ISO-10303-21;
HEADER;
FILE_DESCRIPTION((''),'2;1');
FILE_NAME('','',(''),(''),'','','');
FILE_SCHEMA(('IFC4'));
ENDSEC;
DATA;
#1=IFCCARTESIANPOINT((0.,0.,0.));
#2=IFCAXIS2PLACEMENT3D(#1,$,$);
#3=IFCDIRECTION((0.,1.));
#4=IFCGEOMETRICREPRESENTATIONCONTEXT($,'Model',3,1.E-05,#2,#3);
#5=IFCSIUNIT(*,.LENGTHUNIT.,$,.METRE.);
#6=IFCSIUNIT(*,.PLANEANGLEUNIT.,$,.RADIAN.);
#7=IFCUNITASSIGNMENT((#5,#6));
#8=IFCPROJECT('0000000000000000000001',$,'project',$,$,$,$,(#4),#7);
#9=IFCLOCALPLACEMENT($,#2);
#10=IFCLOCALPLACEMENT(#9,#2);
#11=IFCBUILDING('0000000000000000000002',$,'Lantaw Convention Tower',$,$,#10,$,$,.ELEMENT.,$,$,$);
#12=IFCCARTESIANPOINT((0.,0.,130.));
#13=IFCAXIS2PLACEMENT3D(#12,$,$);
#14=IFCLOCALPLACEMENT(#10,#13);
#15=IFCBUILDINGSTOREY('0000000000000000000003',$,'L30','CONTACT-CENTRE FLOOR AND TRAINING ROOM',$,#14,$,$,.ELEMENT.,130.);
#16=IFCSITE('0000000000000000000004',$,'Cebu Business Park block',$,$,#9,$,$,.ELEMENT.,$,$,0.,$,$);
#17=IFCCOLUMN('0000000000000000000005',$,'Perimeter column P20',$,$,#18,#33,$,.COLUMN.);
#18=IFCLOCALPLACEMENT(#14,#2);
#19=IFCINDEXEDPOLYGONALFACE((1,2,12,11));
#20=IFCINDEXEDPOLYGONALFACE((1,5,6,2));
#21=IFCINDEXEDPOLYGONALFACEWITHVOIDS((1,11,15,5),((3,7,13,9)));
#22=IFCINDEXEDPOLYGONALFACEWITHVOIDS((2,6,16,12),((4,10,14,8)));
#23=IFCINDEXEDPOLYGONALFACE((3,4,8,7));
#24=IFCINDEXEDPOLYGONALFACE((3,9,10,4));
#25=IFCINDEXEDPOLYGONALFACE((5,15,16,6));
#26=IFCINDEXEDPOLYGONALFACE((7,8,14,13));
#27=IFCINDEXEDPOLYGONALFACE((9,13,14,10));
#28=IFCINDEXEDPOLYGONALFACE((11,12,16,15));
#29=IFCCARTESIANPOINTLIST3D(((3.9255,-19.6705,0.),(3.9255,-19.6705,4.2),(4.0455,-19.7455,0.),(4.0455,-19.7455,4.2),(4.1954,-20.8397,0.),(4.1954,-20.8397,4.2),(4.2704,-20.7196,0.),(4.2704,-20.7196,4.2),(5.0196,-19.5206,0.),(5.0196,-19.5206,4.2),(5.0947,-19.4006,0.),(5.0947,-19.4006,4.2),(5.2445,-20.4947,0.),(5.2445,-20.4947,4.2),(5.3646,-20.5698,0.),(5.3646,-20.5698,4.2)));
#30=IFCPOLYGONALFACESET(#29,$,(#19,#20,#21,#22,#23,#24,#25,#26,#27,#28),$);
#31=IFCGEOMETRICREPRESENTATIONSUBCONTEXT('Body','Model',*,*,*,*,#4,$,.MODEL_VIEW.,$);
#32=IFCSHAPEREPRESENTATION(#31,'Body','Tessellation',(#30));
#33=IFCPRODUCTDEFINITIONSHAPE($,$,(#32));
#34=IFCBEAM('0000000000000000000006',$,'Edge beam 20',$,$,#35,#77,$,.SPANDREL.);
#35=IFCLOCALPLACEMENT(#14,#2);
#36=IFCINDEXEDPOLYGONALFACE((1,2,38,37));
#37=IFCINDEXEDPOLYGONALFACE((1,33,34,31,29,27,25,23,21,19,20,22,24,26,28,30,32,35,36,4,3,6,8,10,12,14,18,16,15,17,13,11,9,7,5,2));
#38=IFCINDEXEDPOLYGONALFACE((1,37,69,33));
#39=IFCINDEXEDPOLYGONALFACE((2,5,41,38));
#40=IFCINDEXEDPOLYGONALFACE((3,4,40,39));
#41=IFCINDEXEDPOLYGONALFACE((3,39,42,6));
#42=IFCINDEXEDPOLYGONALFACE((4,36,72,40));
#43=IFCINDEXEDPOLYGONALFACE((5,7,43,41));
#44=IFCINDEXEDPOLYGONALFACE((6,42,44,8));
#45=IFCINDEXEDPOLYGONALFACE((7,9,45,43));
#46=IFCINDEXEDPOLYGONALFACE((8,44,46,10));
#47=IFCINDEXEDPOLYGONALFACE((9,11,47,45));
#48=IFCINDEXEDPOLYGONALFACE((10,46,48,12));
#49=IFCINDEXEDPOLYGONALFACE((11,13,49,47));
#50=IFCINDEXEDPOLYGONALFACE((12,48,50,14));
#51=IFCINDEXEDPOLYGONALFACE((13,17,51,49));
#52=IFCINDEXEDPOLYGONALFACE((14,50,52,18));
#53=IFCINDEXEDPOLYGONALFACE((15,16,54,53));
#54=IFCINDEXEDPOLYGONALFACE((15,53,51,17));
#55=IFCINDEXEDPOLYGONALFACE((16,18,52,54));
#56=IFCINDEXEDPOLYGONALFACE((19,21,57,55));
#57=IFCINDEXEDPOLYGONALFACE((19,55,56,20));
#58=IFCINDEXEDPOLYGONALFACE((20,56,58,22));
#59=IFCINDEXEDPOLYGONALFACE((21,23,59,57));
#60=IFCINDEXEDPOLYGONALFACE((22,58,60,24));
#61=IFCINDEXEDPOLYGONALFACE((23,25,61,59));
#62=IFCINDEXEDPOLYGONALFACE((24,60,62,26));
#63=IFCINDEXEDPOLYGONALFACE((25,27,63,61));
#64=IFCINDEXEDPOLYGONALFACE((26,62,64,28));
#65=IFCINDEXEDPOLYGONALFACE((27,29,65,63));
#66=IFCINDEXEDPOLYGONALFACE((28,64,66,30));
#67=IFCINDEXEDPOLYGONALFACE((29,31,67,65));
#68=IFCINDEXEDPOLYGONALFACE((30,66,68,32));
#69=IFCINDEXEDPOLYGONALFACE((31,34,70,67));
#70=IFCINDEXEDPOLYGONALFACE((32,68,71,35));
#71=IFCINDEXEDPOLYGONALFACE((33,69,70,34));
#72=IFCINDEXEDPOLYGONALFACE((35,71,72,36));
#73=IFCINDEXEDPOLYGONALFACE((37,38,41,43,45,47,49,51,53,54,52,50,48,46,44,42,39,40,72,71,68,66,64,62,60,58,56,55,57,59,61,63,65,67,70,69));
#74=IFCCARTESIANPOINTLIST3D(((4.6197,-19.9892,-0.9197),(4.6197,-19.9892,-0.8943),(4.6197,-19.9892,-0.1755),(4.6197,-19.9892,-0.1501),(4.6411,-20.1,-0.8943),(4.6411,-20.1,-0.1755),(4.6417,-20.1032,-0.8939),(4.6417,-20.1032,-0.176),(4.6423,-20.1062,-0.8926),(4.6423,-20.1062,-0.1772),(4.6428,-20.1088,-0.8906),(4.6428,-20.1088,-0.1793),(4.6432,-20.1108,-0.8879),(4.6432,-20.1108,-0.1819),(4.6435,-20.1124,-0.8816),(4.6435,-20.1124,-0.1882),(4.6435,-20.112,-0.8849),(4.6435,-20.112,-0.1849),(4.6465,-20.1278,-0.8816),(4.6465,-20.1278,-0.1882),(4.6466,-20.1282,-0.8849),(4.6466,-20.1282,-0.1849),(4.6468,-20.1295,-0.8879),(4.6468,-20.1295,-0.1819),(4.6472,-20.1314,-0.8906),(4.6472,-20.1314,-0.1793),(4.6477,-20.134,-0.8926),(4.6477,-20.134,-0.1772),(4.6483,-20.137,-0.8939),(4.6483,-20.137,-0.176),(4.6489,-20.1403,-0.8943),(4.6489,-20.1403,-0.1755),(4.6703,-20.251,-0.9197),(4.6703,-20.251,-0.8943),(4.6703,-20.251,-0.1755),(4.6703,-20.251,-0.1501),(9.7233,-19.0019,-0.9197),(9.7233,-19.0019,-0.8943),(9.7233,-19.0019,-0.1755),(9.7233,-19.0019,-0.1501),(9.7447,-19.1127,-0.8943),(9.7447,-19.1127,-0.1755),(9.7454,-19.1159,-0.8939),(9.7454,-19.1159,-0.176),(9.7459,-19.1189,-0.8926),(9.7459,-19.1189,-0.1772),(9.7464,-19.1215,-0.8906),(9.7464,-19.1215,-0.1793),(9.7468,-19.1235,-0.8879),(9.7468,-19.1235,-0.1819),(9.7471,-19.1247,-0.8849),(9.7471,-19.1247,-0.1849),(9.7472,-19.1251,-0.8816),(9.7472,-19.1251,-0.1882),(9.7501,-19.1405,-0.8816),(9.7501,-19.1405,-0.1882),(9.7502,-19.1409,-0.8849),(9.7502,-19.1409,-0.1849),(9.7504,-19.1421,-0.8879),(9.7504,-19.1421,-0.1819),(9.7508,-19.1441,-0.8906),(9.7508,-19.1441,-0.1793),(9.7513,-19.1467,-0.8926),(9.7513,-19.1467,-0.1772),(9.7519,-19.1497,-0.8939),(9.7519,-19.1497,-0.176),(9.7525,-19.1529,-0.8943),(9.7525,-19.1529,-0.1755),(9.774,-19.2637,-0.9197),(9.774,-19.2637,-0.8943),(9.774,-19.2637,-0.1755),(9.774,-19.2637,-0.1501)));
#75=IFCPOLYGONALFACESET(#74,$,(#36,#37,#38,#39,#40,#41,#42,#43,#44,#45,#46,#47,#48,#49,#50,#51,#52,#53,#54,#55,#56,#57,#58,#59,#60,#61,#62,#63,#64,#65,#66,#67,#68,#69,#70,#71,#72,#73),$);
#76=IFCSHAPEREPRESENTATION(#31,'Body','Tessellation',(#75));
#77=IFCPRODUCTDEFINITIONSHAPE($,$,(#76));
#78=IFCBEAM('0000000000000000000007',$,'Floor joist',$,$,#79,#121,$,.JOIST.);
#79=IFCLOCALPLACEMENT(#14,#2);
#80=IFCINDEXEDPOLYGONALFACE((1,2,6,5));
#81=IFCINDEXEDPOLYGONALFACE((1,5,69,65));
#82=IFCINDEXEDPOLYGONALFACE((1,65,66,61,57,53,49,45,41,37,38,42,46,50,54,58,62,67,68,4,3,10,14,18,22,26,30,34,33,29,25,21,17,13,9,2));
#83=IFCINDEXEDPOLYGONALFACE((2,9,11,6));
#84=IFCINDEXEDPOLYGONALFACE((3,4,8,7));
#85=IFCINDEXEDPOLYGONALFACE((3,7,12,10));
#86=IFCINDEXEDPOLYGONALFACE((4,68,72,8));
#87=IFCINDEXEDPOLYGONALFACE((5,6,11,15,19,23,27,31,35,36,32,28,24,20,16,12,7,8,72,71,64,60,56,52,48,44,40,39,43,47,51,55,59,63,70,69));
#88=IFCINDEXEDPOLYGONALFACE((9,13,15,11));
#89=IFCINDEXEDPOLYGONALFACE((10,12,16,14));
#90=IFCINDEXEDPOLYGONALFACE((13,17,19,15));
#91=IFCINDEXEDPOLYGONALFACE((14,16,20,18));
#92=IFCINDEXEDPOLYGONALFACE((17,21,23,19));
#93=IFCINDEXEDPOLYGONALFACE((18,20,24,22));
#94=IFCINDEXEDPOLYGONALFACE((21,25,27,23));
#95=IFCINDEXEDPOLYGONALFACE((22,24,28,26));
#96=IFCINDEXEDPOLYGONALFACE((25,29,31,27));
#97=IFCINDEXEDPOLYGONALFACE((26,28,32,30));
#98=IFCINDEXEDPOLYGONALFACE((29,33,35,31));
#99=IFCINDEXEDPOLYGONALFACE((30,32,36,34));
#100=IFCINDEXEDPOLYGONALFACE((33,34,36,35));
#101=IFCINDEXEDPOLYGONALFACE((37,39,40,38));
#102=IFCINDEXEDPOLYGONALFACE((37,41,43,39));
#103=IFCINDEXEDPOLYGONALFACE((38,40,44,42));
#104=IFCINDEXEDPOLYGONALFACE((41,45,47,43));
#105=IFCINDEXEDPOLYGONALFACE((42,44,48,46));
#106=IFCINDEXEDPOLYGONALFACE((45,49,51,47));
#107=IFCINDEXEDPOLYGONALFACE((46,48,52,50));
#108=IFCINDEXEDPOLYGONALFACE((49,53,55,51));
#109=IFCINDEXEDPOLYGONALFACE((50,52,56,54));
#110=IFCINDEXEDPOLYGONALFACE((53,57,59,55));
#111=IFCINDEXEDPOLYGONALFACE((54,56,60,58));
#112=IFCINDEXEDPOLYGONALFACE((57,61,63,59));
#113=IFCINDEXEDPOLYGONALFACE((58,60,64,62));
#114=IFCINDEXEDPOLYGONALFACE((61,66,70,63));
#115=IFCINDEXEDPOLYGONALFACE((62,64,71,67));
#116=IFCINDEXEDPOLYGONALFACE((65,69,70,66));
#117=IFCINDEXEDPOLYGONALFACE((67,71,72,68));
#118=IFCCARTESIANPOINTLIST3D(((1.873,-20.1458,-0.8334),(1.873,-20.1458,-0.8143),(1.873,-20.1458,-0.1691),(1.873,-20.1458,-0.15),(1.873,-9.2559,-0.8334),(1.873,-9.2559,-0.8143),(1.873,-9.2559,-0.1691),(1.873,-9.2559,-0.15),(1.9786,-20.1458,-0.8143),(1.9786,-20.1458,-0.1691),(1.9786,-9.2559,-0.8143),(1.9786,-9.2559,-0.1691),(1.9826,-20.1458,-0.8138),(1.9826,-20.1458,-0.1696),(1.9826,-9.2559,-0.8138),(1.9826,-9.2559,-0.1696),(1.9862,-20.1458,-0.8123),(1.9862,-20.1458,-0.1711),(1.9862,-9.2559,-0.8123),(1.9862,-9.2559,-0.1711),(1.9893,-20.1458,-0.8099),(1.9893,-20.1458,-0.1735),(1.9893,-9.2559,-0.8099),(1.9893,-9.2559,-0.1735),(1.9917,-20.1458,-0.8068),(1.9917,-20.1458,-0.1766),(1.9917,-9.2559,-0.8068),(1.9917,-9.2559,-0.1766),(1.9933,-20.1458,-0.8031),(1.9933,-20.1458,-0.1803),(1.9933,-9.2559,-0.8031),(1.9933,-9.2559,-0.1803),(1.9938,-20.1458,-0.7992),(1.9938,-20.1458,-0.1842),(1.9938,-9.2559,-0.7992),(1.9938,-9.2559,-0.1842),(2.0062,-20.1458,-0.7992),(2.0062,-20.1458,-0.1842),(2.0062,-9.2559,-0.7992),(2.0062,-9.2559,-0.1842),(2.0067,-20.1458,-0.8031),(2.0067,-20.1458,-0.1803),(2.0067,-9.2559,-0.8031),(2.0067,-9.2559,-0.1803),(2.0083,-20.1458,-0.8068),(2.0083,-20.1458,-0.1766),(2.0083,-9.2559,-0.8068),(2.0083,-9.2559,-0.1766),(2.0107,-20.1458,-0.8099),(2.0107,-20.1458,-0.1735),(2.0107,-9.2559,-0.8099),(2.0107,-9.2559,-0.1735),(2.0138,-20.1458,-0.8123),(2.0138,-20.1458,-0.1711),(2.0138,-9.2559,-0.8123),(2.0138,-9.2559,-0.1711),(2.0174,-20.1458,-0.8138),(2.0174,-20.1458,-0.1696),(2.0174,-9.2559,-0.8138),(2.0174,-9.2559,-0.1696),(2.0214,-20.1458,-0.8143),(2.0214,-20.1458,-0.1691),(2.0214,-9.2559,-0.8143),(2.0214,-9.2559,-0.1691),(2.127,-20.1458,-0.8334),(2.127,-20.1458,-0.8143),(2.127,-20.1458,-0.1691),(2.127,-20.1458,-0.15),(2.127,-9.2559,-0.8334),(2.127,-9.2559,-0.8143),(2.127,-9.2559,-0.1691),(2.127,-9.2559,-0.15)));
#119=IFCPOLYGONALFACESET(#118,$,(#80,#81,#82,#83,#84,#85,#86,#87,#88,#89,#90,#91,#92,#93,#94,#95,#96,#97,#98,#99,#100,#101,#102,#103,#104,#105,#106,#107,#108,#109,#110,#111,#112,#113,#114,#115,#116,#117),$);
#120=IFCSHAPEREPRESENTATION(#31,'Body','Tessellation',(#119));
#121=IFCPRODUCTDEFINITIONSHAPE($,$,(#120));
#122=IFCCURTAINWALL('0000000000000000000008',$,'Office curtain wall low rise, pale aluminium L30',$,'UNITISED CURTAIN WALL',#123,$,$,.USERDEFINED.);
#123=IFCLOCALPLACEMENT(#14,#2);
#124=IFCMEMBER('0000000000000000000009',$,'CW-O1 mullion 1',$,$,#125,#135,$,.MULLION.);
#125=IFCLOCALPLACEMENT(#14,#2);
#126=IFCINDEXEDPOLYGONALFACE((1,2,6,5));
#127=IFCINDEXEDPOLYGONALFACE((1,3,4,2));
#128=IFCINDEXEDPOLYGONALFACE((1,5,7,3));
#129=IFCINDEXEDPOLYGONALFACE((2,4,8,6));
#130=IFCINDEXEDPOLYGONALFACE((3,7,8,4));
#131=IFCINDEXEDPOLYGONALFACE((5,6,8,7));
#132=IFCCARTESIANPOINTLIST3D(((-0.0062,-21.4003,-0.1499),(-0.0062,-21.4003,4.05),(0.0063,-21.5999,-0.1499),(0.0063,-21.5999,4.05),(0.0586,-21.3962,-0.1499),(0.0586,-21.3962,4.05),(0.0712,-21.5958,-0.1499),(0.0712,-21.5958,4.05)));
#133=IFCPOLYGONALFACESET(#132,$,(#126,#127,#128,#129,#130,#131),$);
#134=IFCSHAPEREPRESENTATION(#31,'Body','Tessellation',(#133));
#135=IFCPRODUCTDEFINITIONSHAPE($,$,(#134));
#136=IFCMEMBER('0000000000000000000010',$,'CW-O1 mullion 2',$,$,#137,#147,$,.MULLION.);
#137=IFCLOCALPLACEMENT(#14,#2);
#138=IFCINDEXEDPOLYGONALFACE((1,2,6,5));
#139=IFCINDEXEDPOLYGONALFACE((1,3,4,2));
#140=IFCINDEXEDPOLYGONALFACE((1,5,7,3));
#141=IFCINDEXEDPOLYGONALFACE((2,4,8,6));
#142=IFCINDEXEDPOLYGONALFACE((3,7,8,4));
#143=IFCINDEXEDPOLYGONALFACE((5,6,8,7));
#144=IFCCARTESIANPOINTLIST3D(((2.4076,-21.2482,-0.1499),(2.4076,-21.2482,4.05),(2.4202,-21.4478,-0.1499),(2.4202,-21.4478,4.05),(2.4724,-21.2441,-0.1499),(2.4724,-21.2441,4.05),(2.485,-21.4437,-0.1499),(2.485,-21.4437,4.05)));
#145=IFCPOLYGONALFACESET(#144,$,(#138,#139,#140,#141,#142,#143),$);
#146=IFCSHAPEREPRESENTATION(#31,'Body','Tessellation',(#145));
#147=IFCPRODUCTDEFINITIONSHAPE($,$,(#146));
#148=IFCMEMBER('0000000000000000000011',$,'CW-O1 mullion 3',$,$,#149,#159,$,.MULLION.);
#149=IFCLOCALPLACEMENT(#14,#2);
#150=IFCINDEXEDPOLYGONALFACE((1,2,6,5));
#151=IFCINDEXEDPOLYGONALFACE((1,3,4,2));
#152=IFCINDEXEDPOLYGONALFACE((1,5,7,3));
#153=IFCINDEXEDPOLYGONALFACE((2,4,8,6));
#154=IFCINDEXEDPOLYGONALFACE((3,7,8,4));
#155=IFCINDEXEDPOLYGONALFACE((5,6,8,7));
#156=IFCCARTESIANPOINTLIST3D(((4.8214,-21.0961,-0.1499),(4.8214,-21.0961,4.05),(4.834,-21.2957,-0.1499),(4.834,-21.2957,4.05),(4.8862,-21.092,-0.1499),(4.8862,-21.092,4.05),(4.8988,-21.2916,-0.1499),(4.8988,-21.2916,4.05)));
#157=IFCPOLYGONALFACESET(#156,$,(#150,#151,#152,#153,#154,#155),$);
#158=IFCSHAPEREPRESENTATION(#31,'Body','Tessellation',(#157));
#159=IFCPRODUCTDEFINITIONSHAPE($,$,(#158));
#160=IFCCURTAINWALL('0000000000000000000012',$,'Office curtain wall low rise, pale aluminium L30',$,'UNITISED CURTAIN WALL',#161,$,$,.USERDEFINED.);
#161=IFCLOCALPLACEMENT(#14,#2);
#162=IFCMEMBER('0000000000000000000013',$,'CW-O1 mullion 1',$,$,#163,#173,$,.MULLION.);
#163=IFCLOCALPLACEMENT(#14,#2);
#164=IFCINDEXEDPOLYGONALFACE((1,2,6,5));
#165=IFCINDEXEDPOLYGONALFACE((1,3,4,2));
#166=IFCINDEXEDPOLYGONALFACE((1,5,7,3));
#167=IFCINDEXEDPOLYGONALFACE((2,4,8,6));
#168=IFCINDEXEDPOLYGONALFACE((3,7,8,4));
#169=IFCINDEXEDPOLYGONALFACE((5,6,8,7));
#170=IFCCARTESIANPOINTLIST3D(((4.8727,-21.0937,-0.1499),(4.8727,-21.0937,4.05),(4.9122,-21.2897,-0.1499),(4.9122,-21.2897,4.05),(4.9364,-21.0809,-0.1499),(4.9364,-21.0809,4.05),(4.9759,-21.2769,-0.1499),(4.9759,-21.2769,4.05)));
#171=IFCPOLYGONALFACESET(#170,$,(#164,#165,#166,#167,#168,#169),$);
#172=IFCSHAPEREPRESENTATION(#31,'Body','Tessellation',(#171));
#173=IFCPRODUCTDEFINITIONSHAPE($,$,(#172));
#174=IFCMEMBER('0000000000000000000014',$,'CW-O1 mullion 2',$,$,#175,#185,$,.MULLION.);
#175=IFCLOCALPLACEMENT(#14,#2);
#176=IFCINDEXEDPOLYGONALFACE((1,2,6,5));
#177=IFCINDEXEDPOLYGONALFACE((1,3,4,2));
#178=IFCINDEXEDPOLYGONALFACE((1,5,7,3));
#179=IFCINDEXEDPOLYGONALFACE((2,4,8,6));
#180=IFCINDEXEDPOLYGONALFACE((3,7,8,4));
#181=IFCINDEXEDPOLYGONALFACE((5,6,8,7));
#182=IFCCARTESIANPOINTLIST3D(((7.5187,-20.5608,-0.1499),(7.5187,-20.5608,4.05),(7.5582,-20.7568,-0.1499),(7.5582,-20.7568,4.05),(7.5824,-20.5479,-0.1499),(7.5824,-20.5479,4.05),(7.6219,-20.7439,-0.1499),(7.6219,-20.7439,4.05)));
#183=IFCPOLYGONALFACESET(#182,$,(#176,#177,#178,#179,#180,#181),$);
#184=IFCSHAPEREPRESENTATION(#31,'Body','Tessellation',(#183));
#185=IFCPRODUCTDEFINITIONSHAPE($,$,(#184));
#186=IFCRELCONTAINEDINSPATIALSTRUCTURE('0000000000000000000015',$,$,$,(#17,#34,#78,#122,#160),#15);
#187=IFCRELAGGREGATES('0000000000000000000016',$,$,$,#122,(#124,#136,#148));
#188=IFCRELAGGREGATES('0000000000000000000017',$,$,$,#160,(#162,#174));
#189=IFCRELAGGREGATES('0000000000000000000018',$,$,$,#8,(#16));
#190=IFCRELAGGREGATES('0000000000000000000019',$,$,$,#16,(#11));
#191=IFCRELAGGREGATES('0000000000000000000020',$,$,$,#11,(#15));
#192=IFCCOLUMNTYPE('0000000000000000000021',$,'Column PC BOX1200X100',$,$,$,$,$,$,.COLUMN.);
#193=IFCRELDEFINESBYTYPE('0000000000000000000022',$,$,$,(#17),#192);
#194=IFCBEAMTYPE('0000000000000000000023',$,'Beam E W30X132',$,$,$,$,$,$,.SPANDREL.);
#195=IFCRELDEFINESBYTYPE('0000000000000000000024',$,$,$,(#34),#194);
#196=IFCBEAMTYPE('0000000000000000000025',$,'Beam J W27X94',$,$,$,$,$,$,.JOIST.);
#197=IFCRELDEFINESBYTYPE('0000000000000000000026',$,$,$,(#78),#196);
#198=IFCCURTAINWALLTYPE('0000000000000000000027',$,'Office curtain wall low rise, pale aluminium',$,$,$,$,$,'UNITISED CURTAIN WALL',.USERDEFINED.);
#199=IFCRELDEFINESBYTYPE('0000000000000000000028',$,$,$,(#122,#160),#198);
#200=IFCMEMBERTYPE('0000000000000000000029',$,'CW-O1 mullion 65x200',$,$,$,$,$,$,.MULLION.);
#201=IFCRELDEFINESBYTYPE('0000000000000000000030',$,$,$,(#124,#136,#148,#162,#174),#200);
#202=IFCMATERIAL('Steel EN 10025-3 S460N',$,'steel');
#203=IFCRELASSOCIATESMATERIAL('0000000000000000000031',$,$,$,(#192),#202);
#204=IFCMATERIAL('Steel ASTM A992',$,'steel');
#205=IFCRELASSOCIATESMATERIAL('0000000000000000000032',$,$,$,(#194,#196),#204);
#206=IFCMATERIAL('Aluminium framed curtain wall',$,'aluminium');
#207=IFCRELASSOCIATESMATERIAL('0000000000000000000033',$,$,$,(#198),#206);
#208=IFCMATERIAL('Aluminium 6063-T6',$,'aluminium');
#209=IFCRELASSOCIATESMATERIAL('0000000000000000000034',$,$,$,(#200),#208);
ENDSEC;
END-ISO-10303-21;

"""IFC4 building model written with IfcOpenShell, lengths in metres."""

from ifc_helpers import new_model, si_unit, direction, frame, origin, origin_2d, place, context, subcontext, project, spatial, rectangle, hollow_rectangle, i_section, extrude, material, material_profile, profile_set, type_object, element, aggregate, save


model = new_model("IFC4")

# Units and contexts
model_context = context("Model", 3, precision=1e-05, world=origin(), true_north=direction((0.0, 1.0)))
body_context = subcontext(model_context, "Body", "Model", "MODEL_VIEW")
ifc_project = project(units=[si_unit("LENGTHUNIT", "METRE"), si_unit("PLANEANGLEUNIT", "RADIAN")], contexts=[model_context])

# Site, building, storey
site_placement = place(None, origin())
site = spatial("IfcSite", under=ifc_project, at=site_placement, Name="Cebu Business Park block", CompositionType="ELEMENT", RefElevation=0.0)
building_placement = place(site_placement, origin())
building = spatial("IfcBuilding", under=site, at=building_placement, Name="Lantaw Convention Tower", CompositionType="ELEMENT")
storey_placement = place(building_placement, frame((0.0, 0.0, 130.0)))
storey = spatial("IfcBuildingStorey", under=building, at=storey_placement, Name="L30", Description="CONTACT-CENTRE FLOOR AND TRAINING ROOM", CompositionType="ELEMENT", Elevation=130.0)

# Column
ifc_material_1 = material(Name="Steel EN 10025-3 S460N", Category="steel")
ifc_material_profile_1 = material_profile(ifc_material_1, hollow_rectangle(XDim=1.2, YDim=1.2, WallThickness=0.1001, at=origin_2d()), Name="BOX1200X100")
ifc_material_2 = material(Name="Concrete C60/75", Category="concrete")
ifc_material_profile_2 = material_profile(ifc_material_2, rectangle(XDim=1.0, YDim=1.0, at=origin_2d()), Name="Concrete fill of BOX1200X100")
ifc_profile_set_1 = profile_set([ifc_material_profile_1, ifc_material_profile_2], Name="Steel EN 10025-3 S460N")
column_type = type_object("IfcColumnType", Name="Column PC BOX1200X100", PredefinedType="COLUMN", material=ifc_profile_set_1)
column_placement = place(storey_placement, frame((4.645, -20.1201, 0.0), z_axis=(0.0, 0.0, 1.0), x_axis=(0.97437, 0.224951, 0.0)))
element("IfcColumn", 1, at=column_placement, inside=storey, type_object=column_type, Name="Perimeter column P20", PredefinedType="COLUMN", context=body_context, shape_type="SweptSolid", body=[
    extrude(hollow_rectangle(XDim=1.2, YDim=1.2, WallThickness=0.1001, at=origin_2d()), origin(), (0.0, 0.0, 1.0), 4.2),
])

# Beams
ifc_material_3 = material(Name="Steel ASTM A992", Category="steel")
ifc_material_profile_3 = material_profile(ifc_material_3, i_section(OverallWidth=0.2666, OverallDepth=0.7695, WebThickness=0.0156, FlangeThickness=0.0254, FilletRadius=0.0127, at=origin_2d()), Name="W30X132")
ifc_profile_set_2 = profile_set([ifc_material_profile_3], Name="Steel ASTM A992")
beam_type_1 = type_object("IfcBeamType", Name="Beam E W30X132", PredefinedType="SPANDREL", material=ifc_profile_set_2)
beam_1_placement = place(storey_placement, frame((4.645, -20.1201, -0.5349), z_axis=(0.981797, 0.189934, 0.0), x_axis=(-0.189934, 0.981797, 0.0)))
element("IfcBeam", 2, at=beam_1_placement, inside=storey, type_object=beam_type_1, Name="Edge beam 20", PredefinedType="SPANDREL", context=body_context, shape_type="SweptSolid", body=[
    extrude(i_section(OverallWidth=0.2666, OverallDepth=0.7695, WebThickness=0.0156, FlangeThickness=0.0254, FilletRadius=0.0127, at=origin_2d()), origin(), (0.0, 0.0, 1.0), 5.1982),
])
ifc_material_profile_4 = material_profile(ifc_material_3, i_section(OverallWidth=0.2539, OverallDepth=0.6833, WebThickness=0.0125, FlangeThickness=0.019, FilletRadius=0.0151, at=origin_2d()), Name="W27X94")
ifc_profile_set_3 = profile_set([ifc_material_profile_4], Name="Steel ASTM A992")
beam_type_2 = type_object("IfcBeamType", Name="Beam J W27X94", PredefinedType="JOIST", material=ifc_profile_set_3)
beam_2_placement = place(storey_placement, frame((2.0, -20.1458, -0.4917), z_axis=(0.0, 1.0, 0.0), x_axis=(-1.0, 0.0, 0.0)))
element("IfcBeam", 3, at=beam_2_placement, inside=storey, type_object=beam_type_2, Name="Floor joist", PredefinedType="JOIST", context=body_context, shape_type="SweptSolid", body=[
    extrude(i_section(OverallWidth=0.2539, OverallDepth=0.6833, WebThickness=0.0125, FlangeThickness=0.019, FilletRadius=0.0151, at=origin_2d()), origin(), (0.0, 0.0, 1.0), 10.8899),
])

# Curtain walls, members
ifc_material_4 = material(Name="Aluminium framed curtain wall", Category="aluminium")
curtain_wall_type = type_object("IfcCurtainWallType", Name="Office curtain wall low rise, pale aluminium", ElementType="UNITISED CURTAIN WALL", PredefinedType="USERDEFINED", material=ifc_material_4)
curtain_wall_1_placement = place(storey_placement, origin())
curtain_wall_1 = element("IfcCurtainWall", 4, at=curtain_wall_1_placement, inside=storey, type_object=curtain_wall_type, Name="Office curtain wall low rise, pale aluminium L30", ObjectType="UNITISED CURTAIN WALL", PredefinedType="USERDEFINED")
ifc_material_5 = material(Name="Aluminium 6063-T6", Category="aluminium")
ifc_material_profile_5 = material_profile(ifc_material_5, rectangle(XDim=0.2, YDim=0.0649, at=origin_2d()), Name="CW-O1 mullion 65x200")
ifc_profile_set_4 = profile_set([ifc_material_profile_5], Name="Aluminium 6063-T6")
member_type_1 = type_object("IfcMemberType", Name="CW-O1 mullion 65x200", PredefinedType="MULLION", material=ifc_profile_set_4)
member_1_placement = place(storey_placement, frame((0.0325, -21.498, -0.1499), z_axis=(0.0, 0.0, 1.0), x_axis=(-0.062865, 0.998022, 0.0)))
member_1 = element("IfcMember", 5, at=member_1_placement, type_object=member_type_1, Name="CW-O1 mullion 1", PredefinedType="MULLION", context=body_context, shape_type="SweptSolid", body=[
    extrude(rectangle(XDim=0.2, YDim=0.0649, at=origin_2d()), origin(), (0.0, 0.0, 1.0), 4.2),
])
member_2_placement = place(storey_placement, frame((2.4463, -21.3459, -0.1499), z_axis=(0.0, 0.0, 1.0), x_axis=(-0.062865, 0.998022, 0.0)))
member_2 = element("IfcMember", 6, at=member_2_placement, type_object=member_type_1, Name="CW-O1 mullion 2", PredefinedType="MULLION", context=body_context, shape_type="SweptSolid", body=[
    extrude(rectangle(XDim=0.2, YDim=0.0649, at=origin_2d()), origin(), (0.0, 0.0, 1.0), 4.2),
])
member_3_placement = place(storey_placement, frame((4.8601, -21.1938, -0.1499), z_axis=(0.0, 0.0, 1.0), x_axis=(-0.062865, 0.998022, 0.0)))
member_3 = element("IfcMember", 7, at=member_3_placement, type_object=member_type_1, Name="CW-O1 mullion 3", PredefinedType="MULLION", context=body_context, shape_type="SweptSolid", body=[
    extrude(rectangle(XDim=0.2, YDim=0.0649, at=origin_2d()), origin(), (0.0, 0.0, 1.0), 4.2),
])
curtain_wall_2_placement = place(storey_placement, origin())
curtain_wall_2 = element("IfcCurtainWall", 8, at=curtain_wall_2_placement, inside=storey, type_object=curtain_wall_type, Name="Office curtain wall low rise, pale aluminium L30", ObjectType="UNITISED CURTAIN WALL", PredefinedType="USERDEFINED")
member_4_placement = place(storey_placement, frame((4.9243, -21.1853, -0.1499), z_axis=(0.0, 0.0, 1.0), x_axis=(-0.197507, 0.980302, 0.0)))
member_4 = element("IfcMember", 9, at=member_4_placement, type_object=member_type_1, Name="CW-O1 mullion 1", PredefinedType="MULLION", context=body_context, shape_type="SweptSolid", body=[
    extrude(rectangle(XDim=0.2, YDim=0.0649, at=origin_2d()), origin(), (0.0, 0.0, 1.0), 4.2),
])
member_5_placement = place(storey_placement, frame((7.5703, -20.6523, -0.1499), z_axis=(0.0, 0.0, 1.0), x_axis=(-0.197507, 0.980302, 0.0)))
member_5 = element("IfcMember", 10, at=member_5_placement, type_object=member_type_1, Name="CW-O1 mullion 2", PredefinedType="MULLION", context=body_context, shape_type="SweptSolid", body=[
    extrude(rectangle(XDim=0.2, YDim=0.0649, at=origin_2d()), origin(), (0.0, 0.0, 1.0), 4.2),
])

aggregate(curtain_wall_1, [member_1, member_2, member_3])
aggregate(curtain_wall_2, [member_4, member_5])

save(model, "model.ifc")
